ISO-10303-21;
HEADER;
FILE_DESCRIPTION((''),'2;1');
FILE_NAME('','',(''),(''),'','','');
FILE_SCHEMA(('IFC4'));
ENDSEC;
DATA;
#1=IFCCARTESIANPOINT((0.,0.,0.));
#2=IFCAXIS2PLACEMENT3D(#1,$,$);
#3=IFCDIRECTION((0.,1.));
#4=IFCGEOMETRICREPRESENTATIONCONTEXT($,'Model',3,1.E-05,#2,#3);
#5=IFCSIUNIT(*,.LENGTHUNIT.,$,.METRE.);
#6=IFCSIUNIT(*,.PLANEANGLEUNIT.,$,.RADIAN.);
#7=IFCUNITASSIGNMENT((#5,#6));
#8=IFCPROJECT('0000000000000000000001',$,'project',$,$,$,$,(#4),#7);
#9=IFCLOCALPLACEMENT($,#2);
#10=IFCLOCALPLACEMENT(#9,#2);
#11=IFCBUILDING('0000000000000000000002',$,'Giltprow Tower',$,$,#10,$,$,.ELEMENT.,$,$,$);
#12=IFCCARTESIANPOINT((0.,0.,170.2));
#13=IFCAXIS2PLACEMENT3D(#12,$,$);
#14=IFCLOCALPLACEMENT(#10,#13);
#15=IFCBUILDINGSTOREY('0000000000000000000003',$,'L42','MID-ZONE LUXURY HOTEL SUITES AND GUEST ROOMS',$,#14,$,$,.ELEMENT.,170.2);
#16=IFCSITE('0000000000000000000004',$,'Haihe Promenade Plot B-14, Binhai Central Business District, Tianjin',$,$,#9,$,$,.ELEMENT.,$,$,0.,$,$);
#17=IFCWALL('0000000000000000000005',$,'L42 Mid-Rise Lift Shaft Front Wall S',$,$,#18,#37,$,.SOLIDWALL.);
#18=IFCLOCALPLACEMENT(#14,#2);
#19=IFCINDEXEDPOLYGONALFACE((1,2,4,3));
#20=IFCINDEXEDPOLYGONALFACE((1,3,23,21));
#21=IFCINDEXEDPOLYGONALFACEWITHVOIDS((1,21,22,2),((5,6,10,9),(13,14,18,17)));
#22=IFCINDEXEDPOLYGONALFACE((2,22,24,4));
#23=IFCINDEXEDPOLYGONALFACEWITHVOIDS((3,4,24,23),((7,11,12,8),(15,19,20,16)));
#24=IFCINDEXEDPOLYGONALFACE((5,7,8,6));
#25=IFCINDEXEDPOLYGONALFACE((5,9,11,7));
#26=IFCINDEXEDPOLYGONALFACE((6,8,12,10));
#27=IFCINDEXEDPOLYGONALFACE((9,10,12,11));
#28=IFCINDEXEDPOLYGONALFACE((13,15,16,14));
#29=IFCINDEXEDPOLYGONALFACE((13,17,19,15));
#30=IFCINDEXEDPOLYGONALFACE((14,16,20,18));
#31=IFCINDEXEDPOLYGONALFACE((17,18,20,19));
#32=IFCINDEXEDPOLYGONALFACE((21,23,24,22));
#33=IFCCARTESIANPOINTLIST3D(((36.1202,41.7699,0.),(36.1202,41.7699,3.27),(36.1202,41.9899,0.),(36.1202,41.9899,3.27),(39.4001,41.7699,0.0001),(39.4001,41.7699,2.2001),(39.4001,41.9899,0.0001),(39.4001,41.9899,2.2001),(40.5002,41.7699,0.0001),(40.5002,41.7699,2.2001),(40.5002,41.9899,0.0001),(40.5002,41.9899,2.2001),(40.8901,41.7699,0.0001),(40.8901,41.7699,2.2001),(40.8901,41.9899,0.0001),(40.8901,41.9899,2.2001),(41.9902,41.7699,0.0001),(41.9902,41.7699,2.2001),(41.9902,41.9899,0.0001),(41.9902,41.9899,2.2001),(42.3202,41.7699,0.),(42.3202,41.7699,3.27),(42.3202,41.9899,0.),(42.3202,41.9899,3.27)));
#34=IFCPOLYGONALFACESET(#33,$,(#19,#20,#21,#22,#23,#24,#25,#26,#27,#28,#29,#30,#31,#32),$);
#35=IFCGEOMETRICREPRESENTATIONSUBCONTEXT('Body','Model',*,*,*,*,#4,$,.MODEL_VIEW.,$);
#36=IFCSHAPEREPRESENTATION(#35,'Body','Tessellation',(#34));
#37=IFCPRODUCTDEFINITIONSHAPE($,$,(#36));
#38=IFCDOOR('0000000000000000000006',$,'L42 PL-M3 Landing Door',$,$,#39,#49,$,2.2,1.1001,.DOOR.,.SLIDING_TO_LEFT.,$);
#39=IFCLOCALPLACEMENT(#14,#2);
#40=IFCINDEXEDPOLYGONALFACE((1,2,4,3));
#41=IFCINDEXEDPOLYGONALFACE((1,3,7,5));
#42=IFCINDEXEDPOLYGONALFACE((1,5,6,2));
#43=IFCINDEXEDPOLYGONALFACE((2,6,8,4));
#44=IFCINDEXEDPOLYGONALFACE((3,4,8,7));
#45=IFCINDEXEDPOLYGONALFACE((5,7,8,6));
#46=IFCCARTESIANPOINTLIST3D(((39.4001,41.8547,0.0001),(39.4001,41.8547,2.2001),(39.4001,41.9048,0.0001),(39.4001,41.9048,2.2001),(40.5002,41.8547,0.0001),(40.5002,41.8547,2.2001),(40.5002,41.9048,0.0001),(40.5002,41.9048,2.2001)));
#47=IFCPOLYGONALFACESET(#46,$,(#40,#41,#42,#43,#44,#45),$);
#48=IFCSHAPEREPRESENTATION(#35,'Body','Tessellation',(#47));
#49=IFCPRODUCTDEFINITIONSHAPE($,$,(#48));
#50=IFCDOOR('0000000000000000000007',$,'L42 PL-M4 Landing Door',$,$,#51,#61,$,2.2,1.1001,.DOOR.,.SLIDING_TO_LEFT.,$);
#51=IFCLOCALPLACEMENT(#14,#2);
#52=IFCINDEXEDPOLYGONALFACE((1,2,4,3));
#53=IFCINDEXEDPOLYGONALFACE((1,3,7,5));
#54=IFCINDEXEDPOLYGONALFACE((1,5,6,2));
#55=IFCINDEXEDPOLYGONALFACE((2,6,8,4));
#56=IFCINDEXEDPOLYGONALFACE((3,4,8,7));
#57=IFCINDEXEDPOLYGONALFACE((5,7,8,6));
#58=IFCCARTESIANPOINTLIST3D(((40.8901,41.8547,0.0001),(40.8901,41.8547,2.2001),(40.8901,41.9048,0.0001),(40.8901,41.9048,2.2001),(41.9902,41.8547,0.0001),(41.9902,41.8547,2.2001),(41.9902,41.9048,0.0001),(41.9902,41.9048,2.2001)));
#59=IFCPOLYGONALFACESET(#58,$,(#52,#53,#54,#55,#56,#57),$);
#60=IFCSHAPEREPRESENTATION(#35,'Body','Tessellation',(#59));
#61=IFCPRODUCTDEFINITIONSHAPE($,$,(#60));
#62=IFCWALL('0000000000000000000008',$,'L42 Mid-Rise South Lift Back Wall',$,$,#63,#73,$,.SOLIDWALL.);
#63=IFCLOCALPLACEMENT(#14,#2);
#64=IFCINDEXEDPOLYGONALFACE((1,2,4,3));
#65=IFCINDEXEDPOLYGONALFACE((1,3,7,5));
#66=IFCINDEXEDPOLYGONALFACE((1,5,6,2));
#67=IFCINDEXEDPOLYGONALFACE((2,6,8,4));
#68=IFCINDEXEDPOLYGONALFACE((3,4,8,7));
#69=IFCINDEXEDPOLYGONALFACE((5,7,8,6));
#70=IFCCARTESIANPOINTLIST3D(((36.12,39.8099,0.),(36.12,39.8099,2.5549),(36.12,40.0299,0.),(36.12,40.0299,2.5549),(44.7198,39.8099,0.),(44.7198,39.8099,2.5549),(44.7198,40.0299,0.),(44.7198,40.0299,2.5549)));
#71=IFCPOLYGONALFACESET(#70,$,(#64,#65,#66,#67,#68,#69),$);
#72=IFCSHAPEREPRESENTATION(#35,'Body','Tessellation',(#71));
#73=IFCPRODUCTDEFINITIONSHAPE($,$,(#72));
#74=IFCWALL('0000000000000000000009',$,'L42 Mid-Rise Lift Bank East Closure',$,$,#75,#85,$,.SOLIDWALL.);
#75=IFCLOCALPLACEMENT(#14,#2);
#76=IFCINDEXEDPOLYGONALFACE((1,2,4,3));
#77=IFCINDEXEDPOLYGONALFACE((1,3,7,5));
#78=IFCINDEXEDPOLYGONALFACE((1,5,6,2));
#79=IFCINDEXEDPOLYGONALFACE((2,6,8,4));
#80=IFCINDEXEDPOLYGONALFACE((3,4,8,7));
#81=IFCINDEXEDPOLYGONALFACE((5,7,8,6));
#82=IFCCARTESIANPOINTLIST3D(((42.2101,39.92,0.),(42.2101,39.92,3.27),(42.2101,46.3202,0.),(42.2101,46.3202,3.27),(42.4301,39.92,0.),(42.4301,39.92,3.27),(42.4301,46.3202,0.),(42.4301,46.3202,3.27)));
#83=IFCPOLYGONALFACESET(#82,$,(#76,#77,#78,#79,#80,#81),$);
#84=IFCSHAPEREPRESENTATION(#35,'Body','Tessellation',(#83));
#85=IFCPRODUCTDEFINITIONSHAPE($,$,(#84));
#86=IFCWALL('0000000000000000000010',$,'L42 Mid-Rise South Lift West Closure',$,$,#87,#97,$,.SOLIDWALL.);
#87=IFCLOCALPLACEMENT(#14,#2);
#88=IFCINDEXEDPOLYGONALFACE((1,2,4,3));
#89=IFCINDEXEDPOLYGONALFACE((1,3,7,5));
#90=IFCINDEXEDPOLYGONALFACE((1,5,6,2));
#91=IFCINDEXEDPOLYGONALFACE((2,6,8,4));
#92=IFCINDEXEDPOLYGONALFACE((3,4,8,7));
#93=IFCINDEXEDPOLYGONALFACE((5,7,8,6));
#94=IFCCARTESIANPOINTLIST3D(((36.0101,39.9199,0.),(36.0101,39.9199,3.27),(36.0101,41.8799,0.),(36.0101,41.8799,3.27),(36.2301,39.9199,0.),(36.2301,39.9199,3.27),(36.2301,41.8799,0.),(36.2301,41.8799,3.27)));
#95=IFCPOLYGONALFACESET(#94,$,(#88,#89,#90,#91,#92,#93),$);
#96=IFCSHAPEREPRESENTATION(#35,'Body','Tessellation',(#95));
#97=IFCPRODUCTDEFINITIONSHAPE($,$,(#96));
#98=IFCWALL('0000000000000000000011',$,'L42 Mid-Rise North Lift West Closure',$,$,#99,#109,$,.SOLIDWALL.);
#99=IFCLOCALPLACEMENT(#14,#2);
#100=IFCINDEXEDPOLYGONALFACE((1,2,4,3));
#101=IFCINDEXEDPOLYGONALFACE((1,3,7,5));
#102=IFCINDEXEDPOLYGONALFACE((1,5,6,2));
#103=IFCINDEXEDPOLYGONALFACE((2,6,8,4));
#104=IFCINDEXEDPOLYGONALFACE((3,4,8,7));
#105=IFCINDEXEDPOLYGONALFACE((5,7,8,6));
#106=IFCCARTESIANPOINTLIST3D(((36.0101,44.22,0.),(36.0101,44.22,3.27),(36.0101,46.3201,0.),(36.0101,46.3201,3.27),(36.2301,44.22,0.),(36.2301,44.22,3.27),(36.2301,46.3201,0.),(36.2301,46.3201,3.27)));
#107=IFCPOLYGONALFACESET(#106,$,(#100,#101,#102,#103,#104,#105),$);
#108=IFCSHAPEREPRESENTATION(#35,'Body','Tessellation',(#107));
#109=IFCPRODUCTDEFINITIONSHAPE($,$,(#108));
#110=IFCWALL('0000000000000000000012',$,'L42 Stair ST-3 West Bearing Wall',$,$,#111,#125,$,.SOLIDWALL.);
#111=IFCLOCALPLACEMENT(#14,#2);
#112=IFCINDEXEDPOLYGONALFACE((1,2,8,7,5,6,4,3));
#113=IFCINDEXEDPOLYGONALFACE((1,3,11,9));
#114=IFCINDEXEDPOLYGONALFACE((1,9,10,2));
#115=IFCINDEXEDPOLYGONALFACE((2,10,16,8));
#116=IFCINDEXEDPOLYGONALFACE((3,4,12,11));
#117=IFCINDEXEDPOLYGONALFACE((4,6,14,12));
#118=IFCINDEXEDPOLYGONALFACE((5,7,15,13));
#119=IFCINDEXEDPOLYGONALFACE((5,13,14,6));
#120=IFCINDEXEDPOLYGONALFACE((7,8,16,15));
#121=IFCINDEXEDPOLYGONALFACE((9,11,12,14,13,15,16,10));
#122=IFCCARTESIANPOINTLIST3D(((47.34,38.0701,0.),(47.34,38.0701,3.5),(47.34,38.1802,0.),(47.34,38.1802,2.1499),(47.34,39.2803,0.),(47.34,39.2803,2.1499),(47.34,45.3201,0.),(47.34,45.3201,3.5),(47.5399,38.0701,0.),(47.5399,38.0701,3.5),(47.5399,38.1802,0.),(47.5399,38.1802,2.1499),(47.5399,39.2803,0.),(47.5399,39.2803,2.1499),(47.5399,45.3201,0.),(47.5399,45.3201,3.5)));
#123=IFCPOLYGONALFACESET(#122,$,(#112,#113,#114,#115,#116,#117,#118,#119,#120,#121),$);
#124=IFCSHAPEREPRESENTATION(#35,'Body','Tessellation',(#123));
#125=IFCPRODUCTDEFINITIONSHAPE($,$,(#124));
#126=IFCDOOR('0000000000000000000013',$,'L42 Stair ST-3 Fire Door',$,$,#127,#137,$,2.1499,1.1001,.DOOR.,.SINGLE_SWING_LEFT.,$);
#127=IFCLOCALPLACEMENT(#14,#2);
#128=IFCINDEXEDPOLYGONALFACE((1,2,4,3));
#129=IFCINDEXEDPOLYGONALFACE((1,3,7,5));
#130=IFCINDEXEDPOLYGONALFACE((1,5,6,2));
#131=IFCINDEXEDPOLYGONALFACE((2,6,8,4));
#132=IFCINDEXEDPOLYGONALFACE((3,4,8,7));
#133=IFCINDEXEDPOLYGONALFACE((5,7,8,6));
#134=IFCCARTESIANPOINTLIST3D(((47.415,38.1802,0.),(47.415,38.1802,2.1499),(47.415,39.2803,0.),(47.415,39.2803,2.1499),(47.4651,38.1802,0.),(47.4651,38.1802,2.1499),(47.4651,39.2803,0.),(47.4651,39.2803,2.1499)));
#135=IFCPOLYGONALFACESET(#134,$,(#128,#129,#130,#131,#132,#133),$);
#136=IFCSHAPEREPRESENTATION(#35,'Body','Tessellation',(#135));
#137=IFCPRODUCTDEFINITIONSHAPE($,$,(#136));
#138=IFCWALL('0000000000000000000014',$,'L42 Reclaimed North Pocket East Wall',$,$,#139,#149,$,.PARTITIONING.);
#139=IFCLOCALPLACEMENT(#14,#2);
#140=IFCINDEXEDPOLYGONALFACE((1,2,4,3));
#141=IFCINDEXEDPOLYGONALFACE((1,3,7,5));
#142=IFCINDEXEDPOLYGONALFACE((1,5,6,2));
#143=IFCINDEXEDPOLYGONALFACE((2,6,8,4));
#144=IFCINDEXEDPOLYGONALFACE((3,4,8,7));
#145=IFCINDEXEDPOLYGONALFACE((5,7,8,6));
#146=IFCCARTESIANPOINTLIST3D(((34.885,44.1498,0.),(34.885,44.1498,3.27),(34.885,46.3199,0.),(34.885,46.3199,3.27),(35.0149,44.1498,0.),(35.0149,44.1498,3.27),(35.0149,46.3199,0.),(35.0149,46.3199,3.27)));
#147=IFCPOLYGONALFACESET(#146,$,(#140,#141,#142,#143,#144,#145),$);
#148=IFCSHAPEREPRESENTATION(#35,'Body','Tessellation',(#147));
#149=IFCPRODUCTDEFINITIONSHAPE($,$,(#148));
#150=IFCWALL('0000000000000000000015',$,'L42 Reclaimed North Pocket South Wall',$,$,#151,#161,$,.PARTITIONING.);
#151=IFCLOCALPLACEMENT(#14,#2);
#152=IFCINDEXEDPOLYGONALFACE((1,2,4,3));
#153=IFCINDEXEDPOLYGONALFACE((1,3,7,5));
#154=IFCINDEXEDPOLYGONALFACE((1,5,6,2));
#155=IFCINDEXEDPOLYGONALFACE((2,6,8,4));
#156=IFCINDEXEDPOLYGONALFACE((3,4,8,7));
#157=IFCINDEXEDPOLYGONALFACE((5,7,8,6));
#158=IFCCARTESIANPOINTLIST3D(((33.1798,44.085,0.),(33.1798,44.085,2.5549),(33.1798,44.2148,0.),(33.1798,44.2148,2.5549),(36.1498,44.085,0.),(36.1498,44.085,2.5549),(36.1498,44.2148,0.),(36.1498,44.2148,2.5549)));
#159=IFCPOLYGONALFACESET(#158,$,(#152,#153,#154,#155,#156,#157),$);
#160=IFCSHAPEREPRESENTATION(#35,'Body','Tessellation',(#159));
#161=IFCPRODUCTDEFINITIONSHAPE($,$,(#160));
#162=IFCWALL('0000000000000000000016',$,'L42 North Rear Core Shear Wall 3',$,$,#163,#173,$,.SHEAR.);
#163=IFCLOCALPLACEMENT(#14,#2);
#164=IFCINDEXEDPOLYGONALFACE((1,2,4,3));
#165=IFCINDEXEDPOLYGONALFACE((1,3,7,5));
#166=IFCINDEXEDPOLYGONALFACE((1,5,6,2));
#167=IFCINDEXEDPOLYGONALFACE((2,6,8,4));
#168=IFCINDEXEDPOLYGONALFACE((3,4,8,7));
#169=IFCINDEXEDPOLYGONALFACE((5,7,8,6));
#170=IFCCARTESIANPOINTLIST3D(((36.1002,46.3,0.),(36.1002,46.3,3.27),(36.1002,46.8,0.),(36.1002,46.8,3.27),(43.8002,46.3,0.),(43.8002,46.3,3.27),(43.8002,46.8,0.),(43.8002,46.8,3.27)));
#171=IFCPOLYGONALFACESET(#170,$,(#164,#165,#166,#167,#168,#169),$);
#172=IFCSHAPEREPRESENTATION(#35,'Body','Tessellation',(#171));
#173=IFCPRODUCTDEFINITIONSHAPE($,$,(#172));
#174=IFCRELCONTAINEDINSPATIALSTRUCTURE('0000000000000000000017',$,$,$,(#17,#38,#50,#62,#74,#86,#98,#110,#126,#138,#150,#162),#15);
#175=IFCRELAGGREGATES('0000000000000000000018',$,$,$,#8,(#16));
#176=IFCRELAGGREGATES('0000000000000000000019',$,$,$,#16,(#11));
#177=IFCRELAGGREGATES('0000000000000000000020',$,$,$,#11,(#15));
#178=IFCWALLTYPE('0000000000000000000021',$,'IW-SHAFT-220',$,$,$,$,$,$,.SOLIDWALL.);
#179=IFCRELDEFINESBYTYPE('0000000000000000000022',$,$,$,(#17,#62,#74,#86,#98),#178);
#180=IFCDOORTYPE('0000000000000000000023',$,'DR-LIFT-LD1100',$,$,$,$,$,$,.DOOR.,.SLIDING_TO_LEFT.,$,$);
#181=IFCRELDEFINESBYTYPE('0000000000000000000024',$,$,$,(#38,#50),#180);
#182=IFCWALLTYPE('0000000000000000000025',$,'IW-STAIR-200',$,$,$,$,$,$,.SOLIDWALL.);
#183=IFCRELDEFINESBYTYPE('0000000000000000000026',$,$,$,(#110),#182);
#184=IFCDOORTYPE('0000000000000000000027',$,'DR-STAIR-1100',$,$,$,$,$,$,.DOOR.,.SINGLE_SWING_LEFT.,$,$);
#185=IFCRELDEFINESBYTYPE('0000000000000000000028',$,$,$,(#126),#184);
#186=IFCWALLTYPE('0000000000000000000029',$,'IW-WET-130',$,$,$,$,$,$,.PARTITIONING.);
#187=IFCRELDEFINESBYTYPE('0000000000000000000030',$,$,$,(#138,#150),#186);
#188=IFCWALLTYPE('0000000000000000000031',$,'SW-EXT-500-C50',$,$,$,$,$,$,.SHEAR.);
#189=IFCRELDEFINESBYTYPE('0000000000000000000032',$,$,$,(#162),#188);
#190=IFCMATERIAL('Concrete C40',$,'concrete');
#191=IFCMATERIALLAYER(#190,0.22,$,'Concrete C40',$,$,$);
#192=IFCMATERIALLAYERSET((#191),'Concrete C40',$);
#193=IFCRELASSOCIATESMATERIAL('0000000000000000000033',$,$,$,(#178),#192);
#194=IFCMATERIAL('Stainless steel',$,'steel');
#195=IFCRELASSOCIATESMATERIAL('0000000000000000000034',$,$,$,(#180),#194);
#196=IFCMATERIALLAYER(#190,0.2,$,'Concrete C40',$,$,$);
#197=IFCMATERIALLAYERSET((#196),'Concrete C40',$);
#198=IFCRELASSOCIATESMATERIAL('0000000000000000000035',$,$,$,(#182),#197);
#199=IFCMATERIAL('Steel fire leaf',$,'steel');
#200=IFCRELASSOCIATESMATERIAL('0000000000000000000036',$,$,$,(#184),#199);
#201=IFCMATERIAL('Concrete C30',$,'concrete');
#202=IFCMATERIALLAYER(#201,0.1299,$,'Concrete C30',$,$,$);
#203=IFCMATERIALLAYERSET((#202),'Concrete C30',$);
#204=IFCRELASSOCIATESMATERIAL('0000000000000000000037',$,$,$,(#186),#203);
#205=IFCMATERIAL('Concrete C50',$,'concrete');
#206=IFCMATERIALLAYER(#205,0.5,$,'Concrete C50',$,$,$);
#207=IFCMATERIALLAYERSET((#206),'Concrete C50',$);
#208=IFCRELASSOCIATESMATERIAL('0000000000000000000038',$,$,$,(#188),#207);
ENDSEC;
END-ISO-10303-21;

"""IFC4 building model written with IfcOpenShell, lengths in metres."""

from ifc_helpers import new_model, si_unit, direction, frame, frame_2d, origin, place, context, subcontext, project, spatial, rectangle, extrude, source, transform, mapped, material, layer, layer_set, type_object, element, fill, save


model = new_model("IFC4")

# Units and contexts
model_context = context("Model", 3, precision=1e-05, world=origin(), true_north=direction((0.0, 1.0)))
body_context = subcontext(model_context, "Body", "Model", "MODEL_VIEW")
ifc_project = project(units=[si_unit("LENGTHUNIT", "METRE"), si_unit("PLANEANGLEUNIT", "RADIAN")], contexts=[model_context])

# Site, building, storey
site_placement = place(None, origin())
site = spatial("IfcSite", under=ifc_project, at=site_placement, Name="Haihe Promenade Plot B-14, Binhai Central Business District, Tianjin", CompositionType="ELEMENT", RefElevation=0.0)
building_placement = place(site_placement, origin())
building = spatial("IfcBuilding", under=site, at=building_placement, Name="Giltprow Tower", CompositionType="ELEMENT")
storey_placement = place(building_placement, frame((0.0, 0.0, 170.2)))
storey = spatial("IfcBuildingStorey", under=building, at=storey_placement, Name="L42", Description="MID-ZONE LUXURY HOTEL SUITES AND GUEST ROOMS", CompositionType="ELEMENT", Elevation=170.2)

# Shared definitions
ifc_material_1 = material(Name="Concrete C50", Category="concrete")

# Shared definitions
ifc_material_2 = material(Name="Concrete C40", Category="concrete")
ifc_layer_1 = layer(ifc_material_2, 0.22, Name="Concrete C40")
ifc_layer_set_1 = layer_set([ifc_layer_1], Name="Concrete C40")
wall_type_1 = type_object("IfcWallType", Name="IW-SHAFT-220", PredefinedType="SOLIDWALL", material=ifc_layer_set_1)
ifc_material_3 = material(Name="Stainless steel", Category="steel")
door_type_1 = type_object("IfcDoorType", Name="DR-LIFT-LD1100", OperationType="SLIDING_TO_LEFT", PredefinedType="DOOR", material=ifc_material_3)
shared_shape_1 = source(origin(), body_context, "Body", "SweptSolid", [
    extrude(rectangle(XDim=1.1001, YDim=2.2, at=frame_2d((0.55, 1.1001))), frame((0.0, 0.0249, 0.0), z_axis=(0.0, -1.0, 0.0), x_axis=(1.0, 0.0, 0.0)), (0.0, 0.0, 1.0), 0.05),
])

# Wall, openings, doors
wall_1_placement = place(storey_placement, frame((36.1201, 41.8799, 0.0), z_axis=(0.0, 0.0, 1.0), x_axis=(1.0, 0.0, 0.0)))
wall_1 = element("IfcWall", 1, at=wall_1_placement, inside=storey, type_object=wall_type_1, Name="L42 Mid-Rise Lift Shaft Front Wall S", PredefinedType="SOLIDWALL", context=body_context, shape_type="SweptSolid", body=[
    extrude(rectangle(XDim=6.2, YDim=0.22, at=frame_2d((3.1001, 0.0))), origin(), (0.0, 0.0, 1.0), 3.27),
])
opening_1_placement = place(wall_1_placement, frame((3.28, 0.0, 0.0)))
opening_1 = element("IfcOpeningElement", 2, at=opening_1_placement, cuts=wall_1, PredefinedType="OPENING", context=body_context, shape_type="SweptSolid", body=[
    extrude(rectangle(XDim=1.1001, YDim=2.2, at=frame_2d((0.55, 1.1001))), frame((0.0, 0.1199, 0.0), z_axis=(0.0, -1.0, 0.0), x_axis=(1.0, 0.0, 0.0)), (0.0, 0.0, 1.0), 0.24),
])
opening_2_placement = place(wall_1_placement, frame((4.77, 0.0, 0.0)))
opening_2 = element("IfcOpeningElement", 3, at=opening_2_placement, cuts=wall_1, PredefinedType="OPENING", context=body_context, shape_type="SweptSolid", body=[
    extrude(rectangle(XDim=1.1001, YDim=2.2, at=frame_2d((0.55, 1.1001))), frame((0.0, 0.1199, 0.0), z_axis=(0.0, -1.0, 0.0), x_axis=(1.0, 0.0, 0.0)), (0.0, 0.0, 1.0), 0.24),
])
door_1_placement = place(opening_1_placement, origin())
door_1 = element("IfcDoor", 4, at=door_1_placement, inside=storey, type_object=door_type_1, Name="L42 PL-M3 Landing Door", OperationType="SLIDING_TO_LEFT", OverallHeight=2.2, OverallWidth=1.1001, PredefinedType="DOOR", context=body_context, shape_type="MappedRepresentation", body=[
    mapped(shared_shape_1, transform((0.0, 0.0, 0.0), x_axis=(1.0, 0.0, 0.0), y_axis=(0.0, 1.0, 0.0), z_axis=(0.0, 0.0, 1.0), scale=1.0)),
])
fill(opening_1, door_1)
door_2_placement = place(opening_2_placement, origin())
door_2 = element("IfcDoor", 5, at=door_2_placement, inside=storey, type_object=door_type_1, Name="L42 PL-M4 Landing Door", OperationType="SLIDING_TO_LEFT", OverallHeight=2.2, OverallWidth=1.1001, PredefinedType="DOOR", context=body_context, shape_type="MappedRepresentation", body=[
    mapped(shared_shape_1, transform((0.0, 0.0, 0.0), x_axis=(1.0, 0.0, 0.0), y_axis=(0.0, 1.0, 0.0), z_axis=(0.0, 0.0, 1.0), scale=1.0)),
])
fill(opening_2, door_2)

# Walls
wall_2_placement = place(storey_placement, frame((36.1201, 39.9199, 0.0), z_axis=(0.0, 0.0, 1.0), x_axis=(1.0, 0.0, 0.0)))
element("IfcWall", 6, at=wall_2_placement, inside=storey, type_object=wall_type_1, Name="L42 Mid-Rise South Lift Back Wall", PredefinedType="SOLIDWALL", context=body_context, shape_type="SweptSolid", body=[
    extrude(rectangle(XDim=8.5999, YDim=0.22, at=frame_2d((4.2998, 0.0))), origin(), (0.0, 0.0, 1.0), 2.5549),
])
wall_3_placement = place(storey_placement, frame((42.3201, 39.9199, 0.0), z_axis=(0.0, 0.0, 1.0), x_axis=(0.0, 1.0, 0.0)))
element("IfcWall", 7, at=wall_3_placement, inside=storey, type_object=wall_type_1, Name="L42 Mid-Rise Lift Bank East Closure", PredefinedType="SOLIDWALL", context=body_context, shape_type="SweptSolid", body=[
    extrude(rectangle(XDim=6.4001, YDim=0.22, at=frame_2d((3.2002, 0.0))), origin(), (0.0, 0.0, 1.0), 3.27),
])
wall_4_placement = place(storey_placement, frame((36.1201, 39.9199, 0.0), z_axis=(0.0, 0.0, 1.0), x_axis=(0.0, 1.0, 0.0)))
element("IfcWall", 8, at=wall_4_placement, inside=storey, type_object=wall_type_1, Name="L42 Mid-Rise South Lift West Closure", PredefinedType="SOLIDWALL", context=body_context, shape_type="SweptSolid", body=[
    extrude(rectangle(XDim=1.96, YDim=0.22, at=frame_2d((0.98, 0.0))), origin(), (0.0, 0.0, 1.0), 3.27),
])
wall_5_placement = place(storey_placement, frame((36.1201, 44.22, 0.0), z_axis=(0.0, 0.0, 1.0), x_axis=(0.0, 1.0, 0.0)))
element("IfcWall", 9, at=wall_5_placement, inside=storey, type_object=wall_type_1, Name="L42 Mid-Rise North Lift West Closure", PredefinedType="SOLIDWALL", context=body_context, shape_type="SweptSolid", body=[
    extrude(rectangle(XDim=2.1001, YDim=0.22, at=frame_2d((1.05, 0.0))), origin(), (0.0, 0.0, 1.0), 3.27),
])

# Wall, opening, door
ifc_layer_2 = layer(ifc_material_2, 0.2, Name="Concrete C40")
ifc_layer_set_2 = layer_set([ifc_layer_2], Name="Concrete C40")
wall_type_2 = type_object("IfcWallType", Name="IW-STAIR-200", PredefinedType="SOLIDWALL", material=ifc_layer_set_2)
wall_6_placement = place(storey_placement, frame((47.4399, 38.0701, 0.0), z_axis=(0.0, 0.0, 1.0), x_axis=(0.0, 1.0, 0.0)))
wall_6 = element("IfcWall", 10, at=wall_6_placement, inside=storey, type_object=wall_type_2, Name="L42 Stair ST-3 West Bearing Wall", PredefinedType="SOLIDWALL", context=body_context, shape_type="SweptSolid", body=[
    extrude(rectangle(XDim=7.25, YDim=0.2, at=frame_2d((3.625, 0.0))), origin(), (0.0, 0.0, 1.0), 3.5),
])
opening_3_placement = place(wall_6_placement, frame((0.1101, 0.0, 0.0)))
opening_3 = element("IfcOpeningElement", 11, at=opening_3_placement, cuts=wall_6, PredefinedType="OPENING", context=body_context, shape_type="SweptSolid", body=[
    extrude(rectangle(XDim=1.1001, YDim=2.1499, at=frame_2d((0.55, 1.075))), frame((0.0, 0.1099, 0.0), z_axis=(0.0, -1.0, 0.0), x_axis=(1.0, 0.0, 0.0)), (0.0, 0.0, 1.0), 0.22),
])
ifc_material_4 = material(Name="Steel fire leaf", Category="steel")
door_type_2 = type_object("IfcDoorType", Name="DR-STAIR-1100", OperationType="SINGLE_SWING_LEFT", PredefinedType="DOOR", material=ifc_material_4)
shared_shape_2 = source(origin(), body_context, "Body", "SweptSolid", [
    extrude(rectangle(XDim=1.1001, YDim=2.1499, at=frame_2d((0.55, 1.075))), frame((0.0, 0.0249, 0.0), z_axis=(0.0, -1.0, 0.0), x_axis=(1.0, 0.0, 0.0)), (0.0, 0.0, 1.0), 0.05),
])
door_3_placement = place(opening_3_placement, origin())
door_3 = element("IfcDoor", 12, at=door_3_placement, inside=storey, type_object=door_type_2, Name="L42 Stair ST-3 Fire Door", OperationType="SINGLE_SWING_LEFT", OverallHeight=2.1499, OverallWidth=1.1001, PredefinedType="DOOR", context=body_context, shape_type="MappedRepresentation", body=[
    mapped(shared_shape_2, transform((0.0, 0.0, 0.0), x_axis=(1.0, 0.0, 0.0), y_axis=(0.0, 1.0, 0.0), z_axis=(0.0, 0.0, 1.0), scale=1.0)),
])
fill(opening_3, door_3)

# Walls
ifc_material_5 = material(Name="Concrete C30", Category="concrete")
ifc_layer_3 = layer(ifc_material_5, 0.1299, Name="Concrete C30")
ifc_layer_set_3 = layer_set([ifc_layer_3], Name="Concrete C30")
wall_type_3 = type_object("IfcWallType", Name="IW-WET-130", PredefinedType="PARTITIONING", material=ifc_layer_set_3)
wall_7_placement = place(storey_placement, frame((34.95, 44.1499, 0.0), z_axis=(0.0, 0.0, 1.0), x_axis=(0.0, 1.0, 0.0)))
element("IfcWall", 13, at=wall_7_placement, inside=storey, type_object=wall_type_3, Name="L42 Reclaimed North Pocket East Wall", PredefinedType="PARTITIONING", context=body_context, shape_type="SweptSolid", body=[
    extrude(rectangle(XDim=2.1702, YDim=0.1299, at=frame_2d((1.085, 0.0))), origin(), (0.0, 0.0, 1.0), 3.27),
])
wall_8_placement = place(storey_placement, frame((33.1799, 44.1499, 0.0), z_axis=(0.0, 0.0, 1.0), x_axis=(1.0, 0.0, 0.0)))
element("IfcWall", 14, at=wall_8_placement, inside=storey, type_object=wall_type_3, Name="L42 Reclaimed North Pocket South Wall", PredefinedType="PARTITIONING", context=body_context, shape_type="SweptSolid", body=[
    extrude(rectangle(XDim=2.97, YDim=0.1299, at=frame_2d((1.4849, 0.0))), origin(), (0.0, 0.0, 1.0), 2.5549),
])
ifc_layer_4 = layer(ifc_material_1, 0.5, Name="Concrete C50")
ifc_layer_set_4 = layer_set([ifc_layer_4], Name="Concrete C50")
wall_type_4 = type_object("IfcWallType", Name="SW-EXT-500-C50", PredefinedType="SHEAR", material=ifc_layer_set_4)
wall_9_placement = place(storey_placement, frame((36.1001, 46.55, 0.0), z_axis=(0.0, 0.0, 1.0), x_axis=(1.0, 0.0, 0.0)))
element("IfcWall", 15, at=wall_9_placement, inside=storey, type_object=wall_type_4, Name="L42 North Rear Core Shear Wall 3", PredefinedType="SHEAR", context=body_context, shape_type="SweptSolid", body=[
    extrude(rectangle(XDim=7.7, YDim=0.5, at=frame_2d((3.8501, 0.0))), origin(), (0.0, 0.0, 1.0), 3.27),
])

save(model, "model.ifc")
